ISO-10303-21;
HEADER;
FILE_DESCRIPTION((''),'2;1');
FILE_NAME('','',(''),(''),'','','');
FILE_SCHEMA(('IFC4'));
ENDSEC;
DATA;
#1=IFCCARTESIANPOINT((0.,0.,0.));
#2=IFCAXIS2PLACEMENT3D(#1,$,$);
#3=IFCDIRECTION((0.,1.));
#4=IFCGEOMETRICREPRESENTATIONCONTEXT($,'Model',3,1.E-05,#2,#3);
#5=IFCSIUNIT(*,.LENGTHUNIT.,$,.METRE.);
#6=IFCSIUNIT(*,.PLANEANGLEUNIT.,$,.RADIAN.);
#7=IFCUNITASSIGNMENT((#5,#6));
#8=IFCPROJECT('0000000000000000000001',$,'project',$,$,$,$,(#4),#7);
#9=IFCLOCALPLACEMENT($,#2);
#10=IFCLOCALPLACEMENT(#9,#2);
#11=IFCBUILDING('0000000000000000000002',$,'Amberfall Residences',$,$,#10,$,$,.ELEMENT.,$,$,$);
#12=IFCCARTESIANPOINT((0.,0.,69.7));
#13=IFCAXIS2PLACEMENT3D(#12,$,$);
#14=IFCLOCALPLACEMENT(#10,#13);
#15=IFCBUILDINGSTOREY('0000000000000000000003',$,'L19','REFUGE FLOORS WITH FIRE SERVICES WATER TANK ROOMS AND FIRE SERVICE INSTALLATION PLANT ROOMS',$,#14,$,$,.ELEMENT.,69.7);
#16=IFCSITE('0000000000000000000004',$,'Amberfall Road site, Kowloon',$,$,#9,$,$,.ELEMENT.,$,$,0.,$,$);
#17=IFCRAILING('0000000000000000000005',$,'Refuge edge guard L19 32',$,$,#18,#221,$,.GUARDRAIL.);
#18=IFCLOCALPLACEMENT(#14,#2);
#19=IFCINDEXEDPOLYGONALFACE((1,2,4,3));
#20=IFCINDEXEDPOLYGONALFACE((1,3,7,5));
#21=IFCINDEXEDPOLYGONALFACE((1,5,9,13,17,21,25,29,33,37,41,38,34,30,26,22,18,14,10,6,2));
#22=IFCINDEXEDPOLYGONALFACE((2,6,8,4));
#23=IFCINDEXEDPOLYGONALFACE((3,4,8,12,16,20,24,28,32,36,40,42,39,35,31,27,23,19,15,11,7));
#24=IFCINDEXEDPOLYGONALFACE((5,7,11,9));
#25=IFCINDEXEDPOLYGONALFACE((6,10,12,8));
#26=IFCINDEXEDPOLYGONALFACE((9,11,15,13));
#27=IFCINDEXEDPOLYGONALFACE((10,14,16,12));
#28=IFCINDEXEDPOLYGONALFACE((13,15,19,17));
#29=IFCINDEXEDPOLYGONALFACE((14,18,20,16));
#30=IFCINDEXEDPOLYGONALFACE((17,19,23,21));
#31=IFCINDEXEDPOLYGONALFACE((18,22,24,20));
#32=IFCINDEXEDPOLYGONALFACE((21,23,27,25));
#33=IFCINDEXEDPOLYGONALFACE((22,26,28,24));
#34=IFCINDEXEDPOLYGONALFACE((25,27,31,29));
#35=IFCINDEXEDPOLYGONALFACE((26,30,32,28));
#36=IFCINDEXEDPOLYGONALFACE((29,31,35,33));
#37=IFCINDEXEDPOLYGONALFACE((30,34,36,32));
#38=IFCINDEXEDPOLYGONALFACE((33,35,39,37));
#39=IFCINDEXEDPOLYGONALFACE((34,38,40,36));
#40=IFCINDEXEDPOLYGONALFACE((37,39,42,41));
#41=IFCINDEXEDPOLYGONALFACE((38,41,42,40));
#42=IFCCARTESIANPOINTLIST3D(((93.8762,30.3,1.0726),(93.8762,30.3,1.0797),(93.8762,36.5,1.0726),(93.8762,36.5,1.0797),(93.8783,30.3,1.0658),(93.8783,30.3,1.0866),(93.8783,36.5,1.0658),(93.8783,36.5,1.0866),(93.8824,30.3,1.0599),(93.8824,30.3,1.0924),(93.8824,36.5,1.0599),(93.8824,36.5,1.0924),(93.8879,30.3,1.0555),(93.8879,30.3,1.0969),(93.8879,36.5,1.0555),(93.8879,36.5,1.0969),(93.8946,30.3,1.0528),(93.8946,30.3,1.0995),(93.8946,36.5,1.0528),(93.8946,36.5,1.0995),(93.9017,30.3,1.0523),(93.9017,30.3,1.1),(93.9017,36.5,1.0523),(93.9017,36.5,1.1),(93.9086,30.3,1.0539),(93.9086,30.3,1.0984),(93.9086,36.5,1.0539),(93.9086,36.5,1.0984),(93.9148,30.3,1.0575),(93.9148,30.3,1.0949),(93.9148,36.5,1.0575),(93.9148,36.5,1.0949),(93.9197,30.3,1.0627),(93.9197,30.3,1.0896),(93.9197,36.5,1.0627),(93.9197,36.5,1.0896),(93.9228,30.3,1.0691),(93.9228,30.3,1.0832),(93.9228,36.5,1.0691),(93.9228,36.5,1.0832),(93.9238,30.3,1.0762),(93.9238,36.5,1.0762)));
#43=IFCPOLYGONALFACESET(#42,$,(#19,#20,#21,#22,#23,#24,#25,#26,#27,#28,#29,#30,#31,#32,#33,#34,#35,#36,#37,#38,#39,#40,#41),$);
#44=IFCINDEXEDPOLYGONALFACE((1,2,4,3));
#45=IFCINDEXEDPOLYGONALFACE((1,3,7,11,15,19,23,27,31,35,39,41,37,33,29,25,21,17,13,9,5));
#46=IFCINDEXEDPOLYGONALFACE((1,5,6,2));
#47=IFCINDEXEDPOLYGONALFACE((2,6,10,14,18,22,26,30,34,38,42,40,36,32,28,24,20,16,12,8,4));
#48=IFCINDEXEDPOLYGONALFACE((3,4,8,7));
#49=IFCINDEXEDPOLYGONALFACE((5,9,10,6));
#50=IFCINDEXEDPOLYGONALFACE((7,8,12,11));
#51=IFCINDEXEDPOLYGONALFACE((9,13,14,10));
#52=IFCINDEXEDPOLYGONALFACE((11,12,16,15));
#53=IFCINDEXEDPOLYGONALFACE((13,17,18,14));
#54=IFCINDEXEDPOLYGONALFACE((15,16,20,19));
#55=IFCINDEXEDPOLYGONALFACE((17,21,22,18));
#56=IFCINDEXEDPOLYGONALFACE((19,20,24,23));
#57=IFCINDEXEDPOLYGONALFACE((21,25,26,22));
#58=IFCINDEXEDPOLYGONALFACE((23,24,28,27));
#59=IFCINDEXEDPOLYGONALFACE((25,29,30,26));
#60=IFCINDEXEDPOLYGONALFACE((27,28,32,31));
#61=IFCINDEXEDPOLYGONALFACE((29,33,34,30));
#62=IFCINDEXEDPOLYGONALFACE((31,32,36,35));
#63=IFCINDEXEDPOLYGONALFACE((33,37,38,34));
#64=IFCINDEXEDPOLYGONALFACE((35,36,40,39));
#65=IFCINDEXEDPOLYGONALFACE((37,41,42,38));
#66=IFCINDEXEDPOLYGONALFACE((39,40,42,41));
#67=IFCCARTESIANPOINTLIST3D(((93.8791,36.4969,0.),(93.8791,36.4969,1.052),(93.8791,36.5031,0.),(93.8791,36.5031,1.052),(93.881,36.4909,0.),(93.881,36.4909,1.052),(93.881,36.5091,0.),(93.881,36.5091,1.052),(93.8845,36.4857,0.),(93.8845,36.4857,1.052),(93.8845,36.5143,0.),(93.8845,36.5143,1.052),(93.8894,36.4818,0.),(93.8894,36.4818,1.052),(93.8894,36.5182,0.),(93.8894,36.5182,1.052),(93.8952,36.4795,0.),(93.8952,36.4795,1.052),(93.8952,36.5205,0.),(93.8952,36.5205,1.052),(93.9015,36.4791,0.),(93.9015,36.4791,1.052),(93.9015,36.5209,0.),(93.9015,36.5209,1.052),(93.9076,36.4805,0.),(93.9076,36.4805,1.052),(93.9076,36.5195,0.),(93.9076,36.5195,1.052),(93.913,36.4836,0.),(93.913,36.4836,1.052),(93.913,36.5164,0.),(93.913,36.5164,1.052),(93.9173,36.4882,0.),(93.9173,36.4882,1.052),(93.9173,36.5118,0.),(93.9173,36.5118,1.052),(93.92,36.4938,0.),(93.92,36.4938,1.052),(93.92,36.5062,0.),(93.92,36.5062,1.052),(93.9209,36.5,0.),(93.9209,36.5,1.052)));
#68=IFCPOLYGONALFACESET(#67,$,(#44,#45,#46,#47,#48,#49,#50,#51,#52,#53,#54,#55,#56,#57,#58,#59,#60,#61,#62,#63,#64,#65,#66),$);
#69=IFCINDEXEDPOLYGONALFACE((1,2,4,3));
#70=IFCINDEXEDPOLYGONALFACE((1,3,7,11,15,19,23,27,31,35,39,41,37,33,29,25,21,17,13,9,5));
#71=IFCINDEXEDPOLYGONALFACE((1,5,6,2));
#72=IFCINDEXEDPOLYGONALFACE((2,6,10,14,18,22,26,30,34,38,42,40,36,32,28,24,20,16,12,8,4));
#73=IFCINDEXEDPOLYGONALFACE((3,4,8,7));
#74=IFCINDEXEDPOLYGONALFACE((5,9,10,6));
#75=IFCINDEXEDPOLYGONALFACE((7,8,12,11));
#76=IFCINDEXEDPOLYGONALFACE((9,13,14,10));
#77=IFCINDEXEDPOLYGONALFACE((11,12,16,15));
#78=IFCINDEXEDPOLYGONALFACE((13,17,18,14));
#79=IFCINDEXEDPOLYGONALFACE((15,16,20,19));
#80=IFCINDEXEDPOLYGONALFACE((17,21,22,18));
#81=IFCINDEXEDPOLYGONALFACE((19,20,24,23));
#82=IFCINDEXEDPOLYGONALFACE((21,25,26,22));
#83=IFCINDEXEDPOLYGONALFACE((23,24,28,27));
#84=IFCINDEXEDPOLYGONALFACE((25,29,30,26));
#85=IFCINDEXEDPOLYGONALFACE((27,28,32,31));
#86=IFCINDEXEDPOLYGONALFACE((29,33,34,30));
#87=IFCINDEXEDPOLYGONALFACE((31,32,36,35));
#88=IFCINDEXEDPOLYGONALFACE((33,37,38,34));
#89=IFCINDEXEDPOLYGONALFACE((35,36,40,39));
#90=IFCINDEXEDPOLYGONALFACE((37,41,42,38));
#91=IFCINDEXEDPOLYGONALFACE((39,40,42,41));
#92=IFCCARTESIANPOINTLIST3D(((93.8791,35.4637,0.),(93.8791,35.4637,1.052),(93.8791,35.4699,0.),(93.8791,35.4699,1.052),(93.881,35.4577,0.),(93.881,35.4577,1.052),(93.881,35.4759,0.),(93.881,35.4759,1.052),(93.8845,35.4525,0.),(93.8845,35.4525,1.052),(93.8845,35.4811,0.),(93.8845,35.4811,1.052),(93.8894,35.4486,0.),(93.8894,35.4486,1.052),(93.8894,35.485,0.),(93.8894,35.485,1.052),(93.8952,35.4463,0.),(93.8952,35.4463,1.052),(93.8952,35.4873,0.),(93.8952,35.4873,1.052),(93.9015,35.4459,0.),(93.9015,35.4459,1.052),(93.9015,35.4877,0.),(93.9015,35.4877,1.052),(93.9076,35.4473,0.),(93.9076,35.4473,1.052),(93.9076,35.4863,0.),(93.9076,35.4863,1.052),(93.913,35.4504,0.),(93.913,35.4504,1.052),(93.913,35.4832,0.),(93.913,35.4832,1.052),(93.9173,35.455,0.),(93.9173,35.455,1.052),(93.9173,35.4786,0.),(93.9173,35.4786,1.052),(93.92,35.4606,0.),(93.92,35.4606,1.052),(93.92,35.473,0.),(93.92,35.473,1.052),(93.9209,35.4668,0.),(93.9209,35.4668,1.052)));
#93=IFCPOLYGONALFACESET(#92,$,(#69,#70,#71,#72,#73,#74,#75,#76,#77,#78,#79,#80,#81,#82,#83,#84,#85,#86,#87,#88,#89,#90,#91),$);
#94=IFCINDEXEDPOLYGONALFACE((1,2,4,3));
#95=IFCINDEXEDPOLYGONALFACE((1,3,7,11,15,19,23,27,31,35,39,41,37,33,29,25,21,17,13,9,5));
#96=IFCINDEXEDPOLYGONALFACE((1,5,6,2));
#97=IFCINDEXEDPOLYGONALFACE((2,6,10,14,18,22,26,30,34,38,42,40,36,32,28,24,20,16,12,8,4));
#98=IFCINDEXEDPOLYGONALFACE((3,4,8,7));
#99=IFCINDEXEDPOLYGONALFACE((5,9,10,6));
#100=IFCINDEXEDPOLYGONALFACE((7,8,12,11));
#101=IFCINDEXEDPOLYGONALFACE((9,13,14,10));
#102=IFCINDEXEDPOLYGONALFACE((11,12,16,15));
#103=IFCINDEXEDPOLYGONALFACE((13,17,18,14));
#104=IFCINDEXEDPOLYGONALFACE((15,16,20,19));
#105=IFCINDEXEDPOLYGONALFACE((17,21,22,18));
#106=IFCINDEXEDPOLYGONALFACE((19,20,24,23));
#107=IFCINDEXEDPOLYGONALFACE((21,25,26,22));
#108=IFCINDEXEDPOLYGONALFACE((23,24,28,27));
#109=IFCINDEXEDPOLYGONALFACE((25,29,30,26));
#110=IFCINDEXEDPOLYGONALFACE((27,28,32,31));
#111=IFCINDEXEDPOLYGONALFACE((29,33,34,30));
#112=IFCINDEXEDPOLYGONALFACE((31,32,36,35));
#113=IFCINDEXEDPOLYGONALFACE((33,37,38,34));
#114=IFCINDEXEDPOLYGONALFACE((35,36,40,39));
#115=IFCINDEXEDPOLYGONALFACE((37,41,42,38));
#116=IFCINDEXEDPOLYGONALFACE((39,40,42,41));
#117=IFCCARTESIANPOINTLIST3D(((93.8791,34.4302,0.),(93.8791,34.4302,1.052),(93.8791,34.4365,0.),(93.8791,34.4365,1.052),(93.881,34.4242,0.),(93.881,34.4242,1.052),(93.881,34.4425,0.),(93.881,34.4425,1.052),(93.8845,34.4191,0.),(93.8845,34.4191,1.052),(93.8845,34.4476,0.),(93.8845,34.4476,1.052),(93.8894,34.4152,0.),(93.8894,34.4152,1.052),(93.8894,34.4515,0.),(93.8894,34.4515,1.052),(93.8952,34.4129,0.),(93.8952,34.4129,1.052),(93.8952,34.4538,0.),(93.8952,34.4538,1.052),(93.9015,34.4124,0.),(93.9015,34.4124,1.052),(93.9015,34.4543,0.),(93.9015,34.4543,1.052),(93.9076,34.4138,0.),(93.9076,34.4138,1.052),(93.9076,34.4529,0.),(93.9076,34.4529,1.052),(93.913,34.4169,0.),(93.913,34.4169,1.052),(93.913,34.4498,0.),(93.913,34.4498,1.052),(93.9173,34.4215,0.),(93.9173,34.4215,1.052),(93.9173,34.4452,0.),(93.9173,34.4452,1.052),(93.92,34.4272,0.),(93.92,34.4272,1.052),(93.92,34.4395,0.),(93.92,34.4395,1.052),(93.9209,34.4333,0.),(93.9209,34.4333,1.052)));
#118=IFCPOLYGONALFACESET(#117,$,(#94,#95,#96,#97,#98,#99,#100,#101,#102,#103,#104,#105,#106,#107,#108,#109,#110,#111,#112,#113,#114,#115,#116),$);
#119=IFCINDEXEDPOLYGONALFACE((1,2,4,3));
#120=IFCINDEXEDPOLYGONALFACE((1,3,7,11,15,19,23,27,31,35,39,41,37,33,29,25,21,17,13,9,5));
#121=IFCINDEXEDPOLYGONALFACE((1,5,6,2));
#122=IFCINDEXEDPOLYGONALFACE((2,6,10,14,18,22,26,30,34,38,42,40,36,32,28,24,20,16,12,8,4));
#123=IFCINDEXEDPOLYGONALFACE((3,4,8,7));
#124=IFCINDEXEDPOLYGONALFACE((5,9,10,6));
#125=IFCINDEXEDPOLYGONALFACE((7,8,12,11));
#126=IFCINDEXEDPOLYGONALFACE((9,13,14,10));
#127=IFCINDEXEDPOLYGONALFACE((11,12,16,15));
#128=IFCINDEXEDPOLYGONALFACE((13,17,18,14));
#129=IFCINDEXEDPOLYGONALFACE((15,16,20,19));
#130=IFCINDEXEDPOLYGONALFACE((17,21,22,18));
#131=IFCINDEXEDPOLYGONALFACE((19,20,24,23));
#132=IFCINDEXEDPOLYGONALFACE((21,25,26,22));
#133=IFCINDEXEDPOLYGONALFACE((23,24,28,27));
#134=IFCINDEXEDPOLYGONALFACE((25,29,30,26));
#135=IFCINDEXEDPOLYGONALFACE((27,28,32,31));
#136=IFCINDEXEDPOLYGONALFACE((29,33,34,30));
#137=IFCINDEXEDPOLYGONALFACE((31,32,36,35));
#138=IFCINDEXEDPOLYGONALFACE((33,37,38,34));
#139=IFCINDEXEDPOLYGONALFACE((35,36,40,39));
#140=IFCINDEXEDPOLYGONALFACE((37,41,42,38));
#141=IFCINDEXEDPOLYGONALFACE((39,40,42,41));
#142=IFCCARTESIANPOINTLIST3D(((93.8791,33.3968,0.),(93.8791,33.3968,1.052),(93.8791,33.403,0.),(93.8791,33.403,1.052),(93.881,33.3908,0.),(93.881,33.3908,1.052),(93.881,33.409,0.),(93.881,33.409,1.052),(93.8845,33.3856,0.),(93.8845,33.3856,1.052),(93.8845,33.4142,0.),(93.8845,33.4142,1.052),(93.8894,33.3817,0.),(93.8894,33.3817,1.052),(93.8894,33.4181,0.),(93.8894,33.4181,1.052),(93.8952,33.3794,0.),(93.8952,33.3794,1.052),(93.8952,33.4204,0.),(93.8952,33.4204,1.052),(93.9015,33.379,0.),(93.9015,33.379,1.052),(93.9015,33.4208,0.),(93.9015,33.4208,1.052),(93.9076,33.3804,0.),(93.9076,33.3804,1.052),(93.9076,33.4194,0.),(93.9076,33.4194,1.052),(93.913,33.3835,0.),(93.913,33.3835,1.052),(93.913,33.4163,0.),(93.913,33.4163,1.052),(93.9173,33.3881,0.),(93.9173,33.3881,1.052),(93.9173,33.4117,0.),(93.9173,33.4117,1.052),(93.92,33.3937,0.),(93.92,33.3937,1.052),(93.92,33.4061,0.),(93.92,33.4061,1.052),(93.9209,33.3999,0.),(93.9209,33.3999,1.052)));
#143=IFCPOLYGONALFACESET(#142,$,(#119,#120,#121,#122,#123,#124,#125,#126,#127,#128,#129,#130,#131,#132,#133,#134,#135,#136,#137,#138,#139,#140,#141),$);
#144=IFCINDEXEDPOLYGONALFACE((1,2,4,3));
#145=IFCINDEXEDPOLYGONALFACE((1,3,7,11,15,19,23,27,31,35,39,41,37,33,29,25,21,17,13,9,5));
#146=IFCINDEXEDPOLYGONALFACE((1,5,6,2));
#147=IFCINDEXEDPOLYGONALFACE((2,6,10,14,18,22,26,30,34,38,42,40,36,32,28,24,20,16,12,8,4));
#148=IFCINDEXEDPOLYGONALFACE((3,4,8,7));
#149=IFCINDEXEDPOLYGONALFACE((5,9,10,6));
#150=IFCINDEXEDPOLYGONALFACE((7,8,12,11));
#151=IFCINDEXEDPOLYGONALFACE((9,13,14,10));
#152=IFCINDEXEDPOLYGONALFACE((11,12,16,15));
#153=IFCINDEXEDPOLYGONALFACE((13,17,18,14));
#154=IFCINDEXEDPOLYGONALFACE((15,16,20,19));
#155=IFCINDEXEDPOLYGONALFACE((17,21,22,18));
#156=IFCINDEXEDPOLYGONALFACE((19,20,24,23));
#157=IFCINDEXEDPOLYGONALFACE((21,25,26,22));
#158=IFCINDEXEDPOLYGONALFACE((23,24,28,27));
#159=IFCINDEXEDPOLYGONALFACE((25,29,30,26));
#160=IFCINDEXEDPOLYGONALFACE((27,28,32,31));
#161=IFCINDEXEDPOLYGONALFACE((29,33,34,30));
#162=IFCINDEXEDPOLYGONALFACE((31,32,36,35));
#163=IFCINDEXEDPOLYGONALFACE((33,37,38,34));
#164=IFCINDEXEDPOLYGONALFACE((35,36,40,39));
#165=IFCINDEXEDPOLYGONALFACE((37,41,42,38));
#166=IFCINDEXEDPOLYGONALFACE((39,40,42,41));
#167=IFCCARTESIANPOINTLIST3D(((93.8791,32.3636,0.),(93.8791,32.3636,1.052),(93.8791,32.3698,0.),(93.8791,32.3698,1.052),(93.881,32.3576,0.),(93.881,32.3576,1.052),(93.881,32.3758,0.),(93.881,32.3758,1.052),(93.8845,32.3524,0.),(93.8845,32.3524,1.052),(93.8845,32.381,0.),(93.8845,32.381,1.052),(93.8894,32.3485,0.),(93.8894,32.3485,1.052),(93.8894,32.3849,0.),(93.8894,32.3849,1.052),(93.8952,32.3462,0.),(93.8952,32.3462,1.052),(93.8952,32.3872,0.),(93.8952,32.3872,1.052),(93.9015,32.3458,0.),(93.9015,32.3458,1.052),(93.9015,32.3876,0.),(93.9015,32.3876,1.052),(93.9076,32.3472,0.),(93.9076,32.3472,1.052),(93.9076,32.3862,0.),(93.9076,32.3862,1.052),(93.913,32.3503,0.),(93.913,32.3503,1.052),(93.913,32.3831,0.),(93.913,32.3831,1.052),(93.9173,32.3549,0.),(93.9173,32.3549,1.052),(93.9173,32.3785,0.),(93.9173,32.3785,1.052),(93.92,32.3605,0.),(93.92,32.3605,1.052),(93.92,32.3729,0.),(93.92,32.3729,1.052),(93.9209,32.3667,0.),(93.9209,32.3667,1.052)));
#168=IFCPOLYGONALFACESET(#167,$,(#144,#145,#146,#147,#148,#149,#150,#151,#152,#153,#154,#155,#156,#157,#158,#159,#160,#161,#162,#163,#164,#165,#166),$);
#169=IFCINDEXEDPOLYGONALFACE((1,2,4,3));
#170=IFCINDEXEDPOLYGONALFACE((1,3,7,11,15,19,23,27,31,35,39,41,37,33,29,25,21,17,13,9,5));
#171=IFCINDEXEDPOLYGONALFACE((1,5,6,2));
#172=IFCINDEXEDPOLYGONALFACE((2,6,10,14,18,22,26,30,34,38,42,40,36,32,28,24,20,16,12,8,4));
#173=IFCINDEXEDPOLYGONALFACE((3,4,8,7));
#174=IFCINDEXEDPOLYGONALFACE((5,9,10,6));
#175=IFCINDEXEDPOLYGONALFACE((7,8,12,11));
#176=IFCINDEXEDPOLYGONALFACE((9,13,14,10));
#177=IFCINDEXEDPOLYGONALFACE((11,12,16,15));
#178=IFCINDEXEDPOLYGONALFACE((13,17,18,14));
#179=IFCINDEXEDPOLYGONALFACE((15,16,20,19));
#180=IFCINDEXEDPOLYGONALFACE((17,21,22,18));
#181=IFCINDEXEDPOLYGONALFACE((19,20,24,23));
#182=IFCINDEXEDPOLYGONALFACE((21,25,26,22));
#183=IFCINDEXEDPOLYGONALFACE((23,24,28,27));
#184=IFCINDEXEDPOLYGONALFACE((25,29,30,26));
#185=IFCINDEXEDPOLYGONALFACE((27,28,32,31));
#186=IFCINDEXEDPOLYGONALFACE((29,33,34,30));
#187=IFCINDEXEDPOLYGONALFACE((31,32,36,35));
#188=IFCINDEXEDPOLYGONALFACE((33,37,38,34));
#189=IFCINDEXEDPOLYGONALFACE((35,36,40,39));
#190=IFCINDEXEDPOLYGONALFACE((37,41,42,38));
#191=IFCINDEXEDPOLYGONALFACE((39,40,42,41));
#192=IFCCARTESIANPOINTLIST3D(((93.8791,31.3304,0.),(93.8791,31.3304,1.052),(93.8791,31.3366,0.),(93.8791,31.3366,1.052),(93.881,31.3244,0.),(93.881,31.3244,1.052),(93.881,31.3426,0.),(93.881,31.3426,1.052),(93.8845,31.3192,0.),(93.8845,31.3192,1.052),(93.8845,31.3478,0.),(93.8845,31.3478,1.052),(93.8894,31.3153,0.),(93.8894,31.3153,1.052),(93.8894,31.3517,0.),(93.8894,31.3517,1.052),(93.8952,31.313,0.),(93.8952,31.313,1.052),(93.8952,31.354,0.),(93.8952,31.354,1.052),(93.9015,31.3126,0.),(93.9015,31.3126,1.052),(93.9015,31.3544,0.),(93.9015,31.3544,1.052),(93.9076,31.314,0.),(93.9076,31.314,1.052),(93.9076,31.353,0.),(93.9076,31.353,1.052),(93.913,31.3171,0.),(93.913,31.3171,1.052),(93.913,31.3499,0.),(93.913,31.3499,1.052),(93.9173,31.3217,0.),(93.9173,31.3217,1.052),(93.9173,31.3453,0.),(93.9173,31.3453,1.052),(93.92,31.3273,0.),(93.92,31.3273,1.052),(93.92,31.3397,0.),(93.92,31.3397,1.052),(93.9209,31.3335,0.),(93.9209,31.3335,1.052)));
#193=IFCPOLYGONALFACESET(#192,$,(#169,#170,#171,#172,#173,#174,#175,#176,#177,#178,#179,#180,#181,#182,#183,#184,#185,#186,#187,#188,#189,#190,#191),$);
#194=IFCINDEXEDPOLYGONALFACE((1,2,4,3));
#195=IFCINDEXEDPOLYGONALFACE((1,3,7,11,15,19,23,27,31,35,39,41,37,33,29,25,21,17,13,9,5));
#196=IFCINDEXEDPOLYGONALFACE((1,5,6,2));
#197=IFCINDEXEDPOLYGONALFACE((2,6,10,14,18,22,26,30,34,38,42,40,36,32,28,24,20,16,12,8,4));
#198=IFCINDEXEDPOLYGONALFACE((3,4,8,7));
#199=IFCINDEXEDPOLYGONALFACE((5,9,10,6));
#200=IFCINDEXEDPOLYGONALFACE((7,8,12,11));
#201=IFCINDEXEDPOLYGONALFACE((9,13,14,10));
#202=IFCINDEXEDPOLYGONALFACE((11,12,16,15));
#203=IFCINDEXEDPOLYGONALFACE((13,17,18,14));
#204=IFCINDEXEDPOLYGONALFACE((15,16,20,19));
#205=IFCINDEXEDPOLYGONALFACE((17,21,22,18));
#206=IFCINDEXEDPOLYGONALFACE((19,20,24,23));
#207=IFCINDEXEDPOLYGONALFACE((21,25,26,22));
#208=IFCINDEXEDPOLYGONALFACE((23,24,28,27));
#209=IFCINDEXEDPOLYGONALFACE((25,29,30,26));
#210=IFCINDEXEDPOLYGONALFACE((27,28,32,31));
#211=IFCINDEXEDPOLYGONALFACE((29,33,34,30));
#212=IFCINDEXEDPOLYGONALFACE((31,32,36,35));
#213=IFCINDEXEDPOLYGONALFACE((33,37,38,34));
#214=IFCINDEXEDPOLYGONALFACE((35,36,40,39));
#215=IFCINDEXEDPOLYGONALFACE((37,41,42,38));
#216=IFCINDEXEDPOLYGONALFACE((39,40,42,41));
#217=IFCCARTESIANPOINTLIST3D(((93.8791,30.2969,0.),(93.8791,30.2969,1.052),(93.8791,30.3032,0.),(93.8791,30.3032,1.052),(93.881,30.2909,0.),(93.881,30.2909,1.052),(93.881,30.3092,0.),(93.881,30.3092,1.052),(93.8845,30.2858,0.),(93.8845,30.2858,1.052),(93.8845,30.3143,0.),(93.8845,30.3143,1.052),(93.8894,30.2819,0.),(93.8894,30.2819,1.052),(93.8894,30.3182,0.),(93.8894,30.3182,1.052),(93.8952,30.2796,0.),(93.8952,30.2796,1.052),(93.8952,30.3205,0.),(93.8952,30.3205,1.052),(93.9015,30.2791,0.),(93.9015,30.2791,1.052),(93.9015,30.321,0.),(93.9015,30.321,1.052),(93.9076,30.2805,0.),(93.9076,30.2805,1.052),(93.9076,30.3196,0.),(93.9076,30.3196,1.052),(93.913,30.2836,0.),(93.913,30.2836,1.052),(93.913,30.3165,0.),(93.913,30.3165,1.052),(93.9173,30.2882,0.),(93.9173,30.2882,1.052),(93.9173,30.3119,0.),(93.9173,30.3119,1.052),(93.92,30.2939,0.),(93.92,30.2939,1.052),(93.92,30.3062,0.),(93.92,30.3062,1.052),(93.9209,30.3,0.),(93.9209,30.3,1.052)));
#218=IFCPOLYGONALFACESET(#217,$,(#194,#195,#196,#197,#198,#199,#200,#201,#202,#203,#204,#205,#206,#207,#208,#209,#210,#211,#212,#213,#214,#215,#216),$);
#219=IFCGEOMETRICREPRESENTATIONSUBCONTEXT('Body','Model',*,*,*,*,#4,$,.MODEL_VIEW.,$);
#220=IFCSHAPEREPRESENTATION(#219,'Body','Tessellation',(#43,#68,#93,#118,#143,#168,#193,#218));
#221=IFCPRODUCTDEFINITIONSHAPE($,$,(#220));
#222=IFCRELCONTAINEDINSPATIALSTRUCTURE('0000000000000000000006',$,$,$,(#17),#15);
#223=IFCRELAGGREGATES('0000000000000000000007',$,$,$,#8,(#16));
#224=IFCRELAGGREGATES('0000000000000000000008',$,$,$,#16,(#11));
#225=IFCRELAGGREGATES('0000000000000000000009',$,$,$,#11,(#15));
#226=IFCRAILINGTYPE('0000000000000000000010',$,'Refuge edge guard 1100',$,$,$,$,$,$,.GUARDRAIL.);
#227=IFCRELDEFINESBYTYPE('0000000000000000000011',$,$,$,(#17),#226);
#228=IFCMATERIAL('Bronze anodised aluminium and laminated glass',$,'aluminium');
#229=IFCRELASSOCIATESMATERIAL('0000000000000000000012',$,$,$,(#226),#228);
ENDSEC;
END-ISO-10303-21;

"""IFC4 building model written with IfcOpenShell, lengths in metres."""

from ifc_helpers import new_model, si_unit, direction, frame, origin, origin_2d, place, context, subcontext, project, spatial, circle, extrude, material, type_object, element, save


model = new_model("IFC4")

# Units and contexts
model_context = context("Model", 3, precision=1e-05, world=origin(), true_north=direction((0.0, 1.0)))
body_context = subcontext(model_context, "Body", "Model", "MODEL_VIEW")
ifc_project = project(units=[si_unit("LENGTHUNIT", "METRE"), si_unit("PLANEANGLEUNIT", "RADIAN")], contexts=[model_context])

# Site, building, storey
site_placement = place(None, origin())
site = spatial("IfcSite", under=ifc_project, at=site_placement, Name="Amberfall Road site, Kowloon", CompositionType="ELEMENT", RefElevation=0.0)
building_placement = place(site_placement, origin())
building = spatial("IfcBuilding", under=site, at=building_placement, Name="Amberfall Residences", CompositionType="ELEMENT")
storey_placement = place(building_placement, frame((0.0, 0.0, 69.7)))
storey = spatial("IfcBuildingStorey", under=building, at=storey_placement, Name="L19", Description="REFUGE FLOORS WITH FIRE SERVICES WATER TANK ROOMS AND FIRE SERVICE INSTALLATION PLANT ROOMS", CompositionType="ELEMENT", Elevation=69.7)

# Railing
ifc_material_1 = material(Name="Bronze anodised aluminium and laminated glass", Category="aluminium")
railing_type = type_object("IfcRailingType", Name="Refuge edge guard 1100", PredefinedType="GUARDRAIL", material=ifc_material_1)
railing_1_placement = place(storey_placement, frame((93.8999, 36.5, 0.0)))
element("IfcRailing", 1, at=railing_1_placement, inside=storey, type_object=railing_type, Name="Refuge edge guard L19 32", PredefinedType="GUARDRAIL", context=body_context, shape_type="SweptSolid", body=[
    extrude(circle(Radius=0.0239, at=origin_2d()), frame((0.0, 0.0, 1.0762), z_axis=(0.0, -1.0, 0.0), x_axis=(1.0, 0.0, 0.0)), (0.0, 0.0, 1.0), 6.2),
    extrude(circle(Radius=0.021, at=origin_2d()), origin(), (0.0, 0.0, 1.0), 1.052),
    extrude(circle(Radius=0.021, at=origin_2d()), frame((0.0, -1.0332, 0.0)), (0.0, 0.0, 1.0), 1.052),
    extrude(circle(Radius=0.021, at=origin_2d()), frame((0.0, -2.0667, 0.0)), (0.0, 0.0, 1.0), 1.052),
    extrude(circle(Radius=0.021, at=origin_2d()), frame((0.0, -3.1001, 0.0)), (0.0, 0.0, 1.0), 1.052),
    extrude(circle(Radius=0.021, at=origin_2d()), frame((0.0, -4.1333, 0.0)), (0.0, 0.0, 1.0), 1.052),
    extrude(circle(Radius=0.021, at=origin_2d()), frame((0.0, -5.1665, 0.0)), (0.0, 0.0, 1.0), 1.052),
    extrude(circle(Radius=0.021, at=origin_2d()), frame((0.0, -6.2, 0.0)), (0.0, 0.0, 1.0), 1.052),
])

save(model, "model.ifc")
